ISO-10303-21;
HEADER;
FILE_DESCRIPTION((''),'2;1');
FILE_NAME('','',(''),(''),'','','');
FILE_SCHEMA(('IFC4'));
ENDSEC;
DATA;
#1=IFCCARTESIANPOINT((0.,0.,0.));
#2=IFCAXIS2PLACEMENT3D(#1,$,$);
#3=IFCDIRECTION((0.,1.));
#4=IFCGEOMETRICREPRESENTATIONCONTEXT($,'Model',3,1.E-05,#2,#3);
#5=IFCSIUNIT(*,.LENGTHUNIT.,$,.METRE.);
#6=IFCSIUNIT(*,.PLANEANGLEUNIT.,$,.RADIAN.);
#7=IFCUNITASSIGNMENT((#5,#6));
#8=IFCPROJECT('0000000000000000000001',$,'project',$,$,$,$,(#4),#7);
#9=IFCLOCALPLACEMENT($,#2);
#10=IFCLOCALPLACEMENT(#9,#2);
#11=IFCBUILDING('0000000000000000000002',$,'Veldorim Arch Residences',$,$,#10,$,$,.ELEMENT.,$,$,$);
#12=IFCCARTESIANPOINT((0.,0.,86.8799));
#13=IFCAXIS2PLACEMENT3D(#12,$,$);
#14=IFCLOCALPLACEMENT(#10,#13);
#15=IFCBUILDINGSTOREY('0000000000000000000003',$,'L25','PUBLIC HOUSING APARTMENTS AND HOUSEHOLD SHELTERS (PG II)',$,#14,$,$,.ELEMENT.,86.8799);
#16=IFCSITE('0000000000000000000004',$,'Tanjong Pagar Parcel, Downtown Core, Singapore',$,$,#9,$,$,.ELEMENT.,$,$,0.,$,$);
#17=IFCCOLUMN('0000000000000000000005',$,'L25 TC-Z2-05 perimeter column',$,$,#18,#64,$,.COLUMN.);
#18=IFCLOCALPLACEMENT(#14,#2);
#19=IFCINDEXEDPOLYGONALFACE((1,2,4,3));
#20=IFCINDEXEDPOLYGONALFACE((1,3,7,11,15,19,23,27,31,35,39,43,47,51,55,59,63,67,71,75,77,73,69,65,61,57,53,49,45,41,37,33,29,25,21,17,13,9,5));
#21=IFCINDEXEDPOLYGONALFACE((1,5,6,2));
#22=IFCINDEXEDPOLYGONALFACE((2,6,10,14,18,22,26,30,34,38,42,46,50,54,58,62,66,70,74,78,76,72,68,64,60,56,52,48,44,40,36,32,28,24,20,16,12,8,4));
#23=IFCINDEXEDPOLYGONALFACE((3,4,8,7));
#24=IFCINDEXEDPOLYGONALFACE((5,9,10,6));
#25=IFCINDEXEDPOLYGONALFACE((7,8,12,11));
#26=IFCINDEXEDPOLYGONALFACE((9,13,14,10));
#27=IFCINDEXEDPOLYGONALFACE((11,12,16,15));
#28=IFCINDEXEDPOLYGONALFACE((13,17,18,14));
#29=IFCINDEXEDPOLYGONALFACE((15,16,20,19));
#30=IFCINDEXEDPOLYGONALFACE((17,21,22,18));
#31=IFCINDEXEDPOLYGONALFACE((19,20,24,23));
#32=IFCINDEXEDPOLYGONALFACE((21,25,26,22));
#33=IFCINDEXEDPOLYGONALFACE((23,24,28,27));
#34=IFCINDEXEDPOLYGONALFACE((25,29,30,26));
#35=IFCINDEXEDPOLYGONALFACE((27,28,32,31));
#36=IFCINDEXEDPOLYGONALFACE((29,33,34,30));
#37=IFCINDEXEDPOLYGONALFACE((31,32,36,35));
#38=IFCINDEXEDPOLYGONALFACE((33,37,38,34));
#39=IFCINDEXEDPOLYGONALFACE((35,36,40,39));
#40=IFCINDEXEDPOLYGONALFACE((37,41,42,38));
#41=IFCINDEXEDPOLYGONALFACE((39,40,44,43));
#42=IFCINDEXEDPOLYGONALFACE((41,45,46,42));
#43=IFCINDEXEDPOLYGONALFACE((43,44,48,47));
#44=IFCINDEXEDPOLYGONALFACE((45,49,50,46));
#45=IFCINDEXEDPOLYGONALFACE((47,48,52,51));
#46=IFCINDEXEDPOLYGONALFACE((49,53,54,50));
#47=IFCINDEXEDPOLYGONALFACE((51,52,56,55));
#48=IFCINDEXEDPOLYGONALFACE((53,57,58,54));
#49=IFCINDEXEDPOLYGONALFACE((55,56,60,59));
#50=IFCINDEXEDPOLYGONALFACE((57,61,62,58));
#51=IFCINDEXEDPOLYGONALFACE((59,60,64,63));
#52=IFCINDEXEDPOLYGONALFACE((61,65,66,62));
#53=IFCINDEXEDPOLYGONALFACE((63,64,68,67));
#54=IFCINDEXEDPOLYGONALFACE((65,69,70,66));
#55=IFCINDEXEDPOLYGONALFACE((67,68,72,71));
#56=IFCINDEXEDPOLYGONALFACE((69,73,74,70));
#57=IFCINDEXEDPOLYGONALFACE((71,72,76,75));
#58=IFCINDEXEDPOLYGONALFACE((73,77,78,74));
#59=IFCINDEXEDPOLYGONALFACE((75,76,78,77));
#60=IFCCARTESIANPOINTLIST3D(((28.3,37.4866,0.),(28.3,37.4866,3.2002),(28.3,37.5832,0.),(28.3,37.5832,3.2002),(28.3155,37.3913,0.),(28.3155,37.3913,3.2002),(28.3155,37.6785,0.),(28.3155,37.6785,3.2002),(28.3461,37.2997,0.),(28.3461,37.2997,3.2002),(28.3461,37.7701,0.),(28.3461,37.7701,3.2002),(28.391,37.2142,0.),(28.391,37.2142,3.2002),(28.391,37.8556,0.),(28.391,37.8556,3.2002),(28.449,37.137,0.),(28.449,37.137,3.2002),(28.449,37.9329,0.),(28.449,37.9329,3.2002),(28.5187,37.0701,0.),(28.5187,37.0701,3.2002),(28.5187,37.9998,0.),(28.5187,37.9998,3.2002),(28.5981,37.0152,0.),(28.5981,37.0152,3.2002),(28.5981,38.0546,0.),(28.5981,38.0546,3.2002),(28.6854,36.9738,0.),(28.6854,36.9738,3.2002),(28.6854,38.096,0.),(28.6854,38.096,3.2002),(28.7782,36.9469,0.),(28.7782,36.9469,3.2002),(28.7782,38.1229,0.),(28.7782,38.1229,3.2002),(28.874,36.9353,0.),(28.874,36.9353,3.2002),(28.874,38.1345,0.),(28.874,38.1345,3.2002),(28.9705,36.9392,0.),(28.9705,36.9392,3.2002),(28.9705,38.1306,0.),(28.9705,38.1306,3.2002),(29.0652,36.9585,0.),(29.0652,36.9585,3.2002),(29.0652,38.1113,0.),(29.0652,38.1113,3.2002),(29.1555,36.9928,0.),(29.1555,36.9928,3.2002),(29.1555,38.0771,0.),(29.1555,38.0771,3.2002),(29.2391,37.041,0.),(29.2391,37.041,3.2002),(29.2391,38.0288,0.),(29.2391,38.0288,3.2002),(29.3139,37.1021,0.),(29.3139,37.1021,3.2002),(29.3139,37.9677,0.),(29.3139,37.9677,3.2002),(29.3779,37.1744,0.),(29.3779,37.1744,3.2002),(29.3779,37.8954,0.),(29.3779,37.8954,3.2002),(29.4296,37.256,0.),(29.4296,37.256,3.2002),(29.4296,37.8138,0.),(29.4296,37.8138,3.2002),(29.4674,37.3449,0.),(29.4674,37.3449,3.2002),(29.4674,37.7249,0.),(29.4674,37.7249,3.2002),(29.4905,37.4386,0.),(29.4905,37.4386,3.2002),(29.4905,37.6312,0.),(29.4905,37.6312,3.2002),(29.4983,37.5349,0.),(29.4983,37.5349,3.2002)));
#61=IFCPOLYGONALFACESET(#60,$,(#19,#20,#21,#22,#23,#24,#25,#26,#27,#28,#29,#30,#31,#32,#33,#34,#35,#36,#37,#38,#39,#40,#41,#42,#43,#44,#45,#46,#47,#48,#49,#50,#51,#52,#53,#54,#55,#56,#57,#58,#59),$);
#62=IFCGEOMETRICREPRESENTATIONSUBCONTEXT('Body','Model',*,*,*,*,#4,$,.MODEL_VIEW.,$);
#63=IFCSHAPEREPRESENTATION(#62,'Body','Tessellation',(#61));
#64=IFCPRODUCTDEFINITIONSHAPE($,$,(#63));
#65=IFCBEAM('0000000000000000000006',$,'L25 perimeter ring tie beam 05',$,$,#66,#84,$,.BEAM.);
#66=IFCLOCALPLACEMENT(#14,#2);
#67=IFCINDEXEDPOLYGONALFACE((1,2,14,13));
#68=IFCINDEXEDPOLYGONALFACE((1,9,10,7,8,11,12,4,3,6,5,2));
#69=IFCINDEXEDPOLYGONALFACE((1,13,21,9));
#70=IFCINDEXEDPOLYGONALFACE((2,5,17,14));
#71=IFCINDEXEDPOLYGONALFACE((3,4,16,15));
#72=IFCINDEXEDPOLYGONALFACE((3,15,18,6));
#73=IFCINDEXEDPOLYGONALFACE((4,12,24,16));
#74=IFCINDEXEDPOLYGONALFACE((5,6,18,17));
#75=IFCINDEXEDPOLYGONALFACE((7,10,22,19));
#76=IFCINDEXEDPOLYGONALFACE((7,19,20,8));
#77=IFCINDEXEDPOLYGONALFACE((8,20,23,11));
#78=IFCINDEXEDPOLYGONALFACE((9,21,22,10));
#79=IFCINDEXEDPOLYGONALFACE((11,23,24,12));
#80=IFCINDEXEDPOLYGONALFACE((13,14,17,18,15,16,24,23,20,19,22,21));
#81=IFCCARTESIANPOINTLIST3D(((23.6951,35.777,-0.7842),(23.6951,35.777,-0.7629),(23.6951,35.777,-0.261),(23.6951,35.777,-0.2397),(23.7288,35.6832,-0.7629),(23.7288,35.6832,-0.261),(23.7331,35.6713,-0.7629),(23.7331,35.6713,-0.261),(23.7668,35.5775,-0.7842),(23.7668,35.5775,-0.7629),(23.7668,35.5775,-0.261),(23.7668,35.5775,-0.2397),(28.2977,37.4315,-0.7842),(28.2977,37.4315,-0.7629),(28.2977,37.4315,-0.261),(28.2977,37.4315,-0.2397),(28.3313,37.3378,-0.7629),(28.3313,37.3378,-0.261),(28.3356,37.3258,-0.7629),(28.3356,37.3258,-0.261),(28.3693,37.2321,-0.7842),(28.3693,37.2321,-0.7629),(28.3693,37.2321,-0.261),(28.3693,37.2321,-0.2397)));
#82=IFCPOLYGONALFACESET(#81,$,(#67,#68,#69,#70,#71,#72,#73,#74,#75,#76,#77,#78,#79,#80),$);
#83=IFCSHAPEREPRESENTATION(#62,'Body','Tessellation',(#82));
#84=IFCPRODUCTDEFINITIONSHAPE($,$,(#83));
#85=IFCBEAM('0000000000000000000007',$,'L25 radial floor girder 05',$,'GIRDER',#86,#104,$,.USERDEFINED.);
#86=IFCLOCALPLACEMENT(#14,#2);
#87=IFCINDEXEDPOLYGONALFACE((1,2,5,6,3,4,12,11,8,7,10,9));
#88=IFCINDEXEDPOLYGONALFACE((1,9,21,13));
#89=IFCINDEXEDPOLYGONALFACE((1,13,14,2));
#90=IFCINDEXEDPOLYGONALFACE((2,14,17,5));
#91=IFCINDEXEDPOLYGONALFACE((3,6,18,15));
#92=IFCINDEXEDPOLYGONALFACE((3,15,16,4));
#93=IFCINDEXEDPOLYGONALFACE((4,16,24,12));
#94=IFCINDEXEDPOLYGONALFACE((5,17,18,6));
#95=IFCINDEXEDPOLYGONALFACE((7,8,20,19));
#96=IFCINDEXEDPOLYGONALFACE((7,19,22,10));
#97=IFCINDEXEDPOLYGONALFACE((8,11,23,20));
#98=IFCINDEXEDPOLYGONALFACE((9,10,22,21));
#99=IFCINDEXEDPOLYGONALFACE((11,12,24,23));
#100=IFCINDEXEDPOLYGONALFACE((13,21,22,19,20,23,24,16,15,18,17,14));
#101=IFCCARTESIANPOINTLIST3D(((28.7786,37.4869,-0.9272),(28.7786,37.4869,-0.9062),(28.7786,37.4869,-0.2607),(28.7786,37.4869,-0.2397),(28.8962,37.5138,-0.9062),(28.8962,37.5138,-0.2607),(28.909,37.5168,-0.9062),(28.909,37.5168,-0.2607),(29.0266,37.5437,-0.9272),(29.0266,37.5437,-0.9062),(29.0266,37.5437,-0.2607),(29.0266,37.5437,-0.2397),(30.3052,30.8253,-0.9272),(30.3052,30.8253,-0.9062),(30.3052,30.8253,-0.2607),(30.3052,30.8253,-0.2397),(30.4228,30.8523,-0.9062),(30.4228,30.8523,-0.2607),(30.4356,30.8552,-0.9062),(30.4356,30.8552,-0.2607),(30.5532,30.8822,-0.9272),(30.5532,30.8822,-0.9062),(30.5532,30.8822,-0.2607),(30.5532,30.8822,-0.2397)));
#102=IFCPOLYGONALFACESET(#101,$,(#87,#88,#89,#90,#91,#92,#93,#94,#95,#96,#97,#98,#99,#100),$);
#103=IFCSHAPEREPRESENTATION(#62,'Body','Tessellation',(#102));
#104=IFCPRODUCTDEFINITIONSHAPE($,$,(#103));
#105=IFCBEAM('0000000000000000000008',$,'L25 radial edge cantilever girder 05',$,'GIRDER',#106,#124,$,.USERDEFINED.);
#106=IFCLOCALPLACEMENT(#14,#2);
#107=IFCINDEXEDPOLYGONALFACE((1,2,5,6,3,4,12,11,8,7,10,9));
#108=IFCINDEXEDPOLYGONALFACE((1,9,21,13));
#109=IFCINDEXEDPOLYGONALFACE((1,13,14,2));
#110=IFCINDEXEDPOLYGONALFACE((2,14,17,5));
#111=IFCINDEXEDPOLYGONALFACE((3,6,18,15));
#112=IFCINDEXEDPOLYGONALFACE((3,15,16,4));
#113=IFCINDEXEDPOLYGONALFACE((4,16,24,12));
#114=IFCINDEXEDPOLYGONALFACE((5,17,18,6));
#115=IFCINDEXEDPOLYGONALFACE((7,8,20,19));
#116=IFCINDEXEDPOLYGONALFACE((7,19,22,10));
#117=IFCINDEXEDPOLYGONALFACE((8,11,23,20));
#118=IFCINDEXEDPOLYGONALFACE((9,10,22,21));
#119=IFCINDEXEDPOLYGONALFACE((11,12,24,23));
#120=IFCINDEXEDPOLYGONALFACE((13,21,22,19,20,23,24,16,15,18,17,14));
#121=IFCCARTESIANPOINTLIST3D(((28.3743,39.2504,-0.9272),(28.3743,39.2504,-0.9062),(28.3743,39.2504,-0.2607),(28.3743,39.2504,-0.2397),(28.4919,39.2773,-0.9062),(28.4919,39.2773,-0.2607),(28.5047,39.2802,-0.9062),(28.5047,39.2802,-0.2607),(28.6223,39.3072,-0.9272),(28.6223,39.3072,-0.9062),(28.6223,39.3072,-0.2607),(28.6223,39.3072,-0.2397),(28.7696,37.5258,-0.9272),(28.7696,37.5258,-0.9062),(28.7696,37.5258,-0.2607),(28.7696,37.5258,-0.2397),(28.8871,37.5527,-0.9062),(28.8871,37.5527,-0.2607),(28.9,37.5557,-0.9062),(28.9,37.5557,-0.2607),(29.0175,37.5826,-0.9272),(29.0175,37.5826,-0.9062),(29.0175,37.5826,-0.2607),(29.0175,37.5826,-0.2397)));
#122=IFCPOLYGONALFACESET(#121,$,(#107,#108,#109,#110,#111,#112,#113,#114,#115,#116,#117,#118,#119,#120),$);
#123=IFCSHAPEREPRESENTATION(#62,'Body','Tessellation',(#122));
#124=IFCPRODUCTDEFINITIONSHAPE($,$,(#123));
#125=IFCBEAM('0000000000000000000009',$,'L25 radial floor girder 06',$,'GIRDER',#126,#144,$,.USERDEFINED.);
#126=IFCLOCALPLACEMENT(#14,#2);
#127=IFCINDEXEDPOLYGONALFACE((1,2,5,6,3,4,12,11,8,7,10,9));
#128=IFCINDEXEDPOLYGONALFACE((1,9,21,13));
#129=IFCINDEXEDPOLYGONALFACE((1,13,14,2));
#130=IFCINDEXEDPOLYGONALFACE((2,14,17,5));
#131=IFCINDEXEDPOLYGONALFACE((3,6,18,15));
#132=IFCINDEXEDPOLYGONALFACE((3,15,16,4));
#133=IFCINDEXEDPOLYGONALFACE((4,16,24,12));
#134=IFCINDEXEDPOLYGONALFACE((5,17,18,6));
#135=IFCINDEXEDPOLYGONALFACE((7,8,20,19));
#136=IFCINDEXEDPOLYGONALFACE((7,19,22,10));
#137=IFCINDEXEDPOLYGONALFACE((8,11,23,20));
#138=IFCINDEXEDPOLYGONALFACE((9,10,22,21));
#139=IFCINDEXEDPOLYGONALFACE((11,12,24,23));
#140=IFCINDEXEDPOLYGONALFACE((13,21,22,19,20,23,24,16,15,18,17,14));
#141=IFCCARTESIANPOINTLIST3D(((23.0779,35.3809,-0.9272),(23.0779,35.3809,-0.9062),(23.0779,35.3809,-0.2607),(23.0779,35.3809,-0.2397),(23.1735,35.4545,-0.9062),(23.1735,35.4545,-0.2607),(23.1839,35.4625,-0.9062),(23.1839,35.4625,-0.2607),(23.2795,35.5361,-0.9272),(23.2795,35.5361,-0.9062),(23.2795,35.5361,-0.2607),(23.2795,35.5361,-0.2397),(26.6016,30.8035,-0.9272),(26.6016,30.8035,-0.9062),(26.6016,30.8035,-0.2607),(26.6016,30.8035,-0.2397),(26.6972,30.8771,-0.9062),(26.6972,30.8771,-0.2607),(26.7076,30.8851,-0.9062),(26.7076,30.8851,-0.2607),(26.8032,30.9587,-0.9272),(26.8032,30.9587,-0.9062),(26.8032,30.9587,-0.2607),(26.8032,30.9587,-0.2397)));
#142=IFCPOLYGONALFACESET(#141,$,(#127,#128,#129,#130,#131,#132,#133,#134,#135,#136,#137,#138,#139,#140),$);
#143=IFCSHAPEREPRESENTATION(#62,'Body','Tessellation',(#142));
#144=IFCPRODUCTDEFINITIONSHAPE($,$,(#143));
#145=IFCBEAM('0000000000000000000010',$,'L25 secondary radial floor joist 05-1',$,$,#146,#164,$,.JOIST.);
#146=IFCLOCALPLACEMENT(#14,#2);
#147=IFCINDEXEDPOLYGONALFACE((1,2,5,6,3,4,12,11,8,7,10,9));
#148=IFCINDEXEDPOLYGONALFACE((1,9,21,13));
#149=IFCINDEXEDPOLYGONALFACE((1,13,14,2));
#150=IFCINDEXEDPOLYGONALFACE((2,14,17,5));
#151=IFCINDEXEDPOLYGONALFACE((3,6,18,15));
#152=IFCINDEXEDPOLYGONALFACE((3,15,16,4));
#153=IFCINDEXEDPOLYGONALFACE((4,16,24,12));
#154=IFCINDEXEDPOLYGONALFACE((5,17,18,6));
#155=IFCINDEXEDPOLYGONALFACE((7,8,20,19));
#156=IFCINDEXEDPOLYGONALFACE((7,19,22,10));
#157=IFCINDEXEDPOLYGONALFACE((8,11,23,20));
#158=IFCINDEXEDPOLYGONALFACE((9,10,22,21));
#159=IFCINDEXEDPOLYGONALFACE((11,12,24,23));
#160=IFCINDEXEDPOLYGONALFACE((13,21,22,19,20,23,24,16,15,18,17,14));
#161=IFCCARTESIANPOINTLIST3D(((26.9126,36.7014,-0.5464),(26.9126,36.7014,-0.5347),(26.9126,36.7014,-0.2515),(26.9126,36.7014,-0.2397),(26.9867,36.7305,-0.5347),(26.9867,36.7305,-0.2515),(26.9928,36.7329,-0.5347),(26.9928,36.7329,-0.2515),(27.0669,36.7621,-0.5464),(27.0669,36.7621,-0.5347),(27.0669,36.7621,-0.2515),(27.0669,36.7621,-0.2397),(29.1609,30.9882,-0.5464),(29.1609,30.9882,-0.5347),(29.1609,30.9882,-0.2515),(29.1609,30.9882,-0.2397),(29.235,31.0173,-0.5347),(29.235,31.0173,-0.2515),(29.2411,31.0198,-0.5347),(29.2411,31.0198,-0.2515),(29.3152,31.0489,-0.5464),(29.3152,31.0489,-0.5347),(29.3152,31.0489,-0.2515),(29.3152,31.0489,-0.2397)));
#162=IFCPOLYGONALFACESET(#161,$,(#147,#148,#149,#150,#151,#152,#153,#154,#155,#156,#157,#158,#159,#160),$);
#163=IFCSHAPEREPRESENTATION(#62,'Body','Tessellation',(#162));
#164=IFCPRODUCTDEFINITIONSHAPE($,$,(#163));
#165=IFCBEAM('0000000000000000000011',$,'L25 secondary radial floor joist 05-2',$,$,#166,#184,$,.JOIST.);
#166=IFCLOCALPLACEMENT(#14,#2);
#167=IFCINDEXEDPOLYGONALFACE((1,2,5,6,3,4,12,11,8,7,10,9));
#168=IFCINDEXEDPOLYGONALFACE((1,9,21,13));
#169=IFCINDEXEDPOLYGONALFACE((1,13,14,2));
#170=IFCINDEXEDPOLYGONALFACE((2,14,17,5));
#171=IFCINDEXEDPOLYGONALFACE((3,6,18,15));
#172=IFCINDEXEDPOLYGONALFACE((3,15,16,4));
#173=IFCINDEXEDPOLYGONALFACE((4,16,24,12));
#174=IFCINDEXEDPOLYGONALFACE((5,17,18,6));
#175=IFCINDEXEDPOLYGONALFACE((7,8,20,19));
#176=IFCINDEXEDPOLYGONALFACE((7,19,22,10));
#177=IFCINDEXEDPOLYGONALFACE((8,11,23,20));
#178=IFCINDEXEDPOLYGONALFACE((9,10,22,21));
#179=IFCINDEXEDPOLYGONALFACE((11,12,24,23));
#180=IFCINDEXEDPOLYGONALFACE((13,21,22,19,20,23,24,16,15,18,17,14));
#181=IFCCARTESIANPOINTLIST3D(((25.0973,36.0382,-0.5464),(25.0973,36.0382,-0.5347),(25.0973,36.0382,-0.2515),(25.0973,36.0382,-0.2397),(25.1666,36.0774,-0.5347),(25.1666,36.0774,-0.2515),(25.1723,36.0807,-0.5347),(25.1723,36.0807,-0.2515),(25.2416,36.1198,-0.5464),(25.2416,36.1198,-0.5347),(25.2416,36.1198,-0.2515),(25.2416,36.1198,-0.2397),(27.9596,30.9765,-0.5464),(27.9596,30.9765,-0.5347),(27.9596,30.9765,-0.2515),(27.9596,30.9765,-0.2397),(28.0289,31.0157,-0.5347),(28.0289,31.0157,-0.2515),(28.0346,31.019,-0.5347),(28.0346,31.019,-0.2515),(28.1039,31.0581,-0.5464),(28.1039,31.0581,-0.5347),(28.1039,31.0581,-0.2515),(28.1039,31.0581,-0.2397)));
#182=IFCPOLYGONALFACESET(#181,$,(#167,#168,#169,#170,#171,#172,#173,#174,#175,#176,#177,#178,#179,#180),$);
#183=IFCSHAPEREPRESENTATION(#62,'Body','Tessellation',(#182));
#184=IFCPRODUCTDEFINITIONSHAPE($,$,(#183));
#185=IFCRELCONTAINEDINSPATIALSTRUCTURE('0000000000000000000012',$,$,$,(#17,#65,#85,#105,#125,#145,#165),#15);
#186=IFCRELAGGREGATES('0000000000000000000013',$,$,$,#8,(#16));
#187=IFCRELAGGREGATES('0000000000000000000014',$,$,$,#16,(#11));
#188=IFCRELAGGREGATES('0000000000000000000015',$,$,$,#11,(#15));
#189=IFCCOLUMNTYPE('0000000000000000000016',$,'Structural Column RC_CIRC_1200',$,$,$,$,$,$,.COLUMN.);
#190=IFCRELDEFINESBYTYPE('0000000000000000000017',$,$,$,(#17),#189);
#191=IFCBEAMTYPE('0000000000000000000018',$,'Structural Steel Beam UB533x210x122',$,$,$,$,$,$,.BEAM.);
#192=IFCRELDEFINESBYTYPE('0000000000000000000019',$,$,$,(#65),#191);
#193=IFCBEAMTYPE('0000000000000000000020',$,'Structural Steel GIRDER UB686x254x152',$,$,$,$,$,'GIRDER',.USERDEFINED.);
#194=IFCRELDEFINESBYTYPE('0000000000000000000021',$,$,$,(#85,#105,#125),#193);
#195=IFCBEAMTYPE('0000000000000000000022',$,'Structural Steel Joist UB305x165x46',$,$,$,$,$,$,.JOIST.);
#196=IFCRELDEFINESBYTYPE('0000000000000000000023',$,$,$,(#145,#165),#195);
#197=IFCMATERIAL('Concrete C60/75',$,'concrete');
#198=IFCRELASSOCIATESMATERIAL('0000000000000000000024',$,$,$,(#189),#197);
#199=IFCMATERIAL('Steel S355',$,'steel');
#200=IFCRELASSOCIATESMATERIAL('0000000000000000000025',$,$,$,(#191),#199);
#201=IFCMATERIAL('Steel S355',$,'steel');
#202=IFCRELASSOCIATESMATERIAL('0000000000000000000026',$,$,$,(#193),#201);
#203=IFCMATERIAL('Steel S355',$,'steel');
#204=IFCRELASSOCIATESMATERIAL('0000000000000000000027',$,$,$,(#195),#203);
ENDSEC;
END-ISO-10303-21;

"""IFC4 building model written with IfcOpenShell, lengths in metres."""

from ifc_helpers import new_model, si_unit, direction, frame, origin, origin_2d, place, context, subcontext, project, spatial, circle, i_section, extrude, material, material_profile, profile_set, type_object, element, save


model = new_model("IFC4")

# Units and contexts
model_context = context("Model", 3, precision=1e-05, world=origin(), true_north=direction((0.0, 1.0)))
body_context = subcontext(model_context, "Body", "Model", "MODEL_VIEW")
ifc_project = project(units=[si_unit("LENGTHUNIT", "METRE"), si_unit("PLANEANGLEUNIT", "RADIAN")], contexts=[model_context])

# Site, building, storey
site_placement = place(None, origin())
site = spatial("IfcSite", under=ifc_project, at=site_placement, Name="Tanjong Pagar Parcel, Downtown Core, Singapore", CompositionType="ELEMENT", RefElevation=0.0)
building_placement = place(site_placement, origin())
building = spatial("IfcBuilding", under=site, at=building_placement, Name="Veldorim Arch Residences", CompositionType="ELEMENT")
storey_placement = place(building_placement, frame((0.0, 0.0, 86.8799)))
storey = spatial("IfcBuildingStorey", under=building, at=storey_placement, Name="L25", Description="PUBLIC HOUSING APARTMENTS AND HOUSEHOLD SHELTERS (PG II)", CompositionType="ELEMENT", Elevation=86.8799)

# Column
ifc_material_1 = material(Name="Concrete C60/75", Category="concrete")
ifc_material_profile_1 = material_profile(ifc_material_1, circle(Radius=0.6001, at=origin_2d()), Name="RC_CIRC_1200")
ifc_profile_set_1 = profile_set([ifc_material_profile_1], Name="Concrete C60/75")
column_type = type_object("IfcColumnType", Name="Structural Column RC_CIRC_1200", PredefinedType="COLUMN", material=ifc_profile_set_1)
column_placement = place(storey_placement, frame((28.8982, 37.5349, 0.0), z_axis=(0.0, 0.0, 1.0), x_axis=(1.0, 0.0, 0.0)))
element("IfcColumn", 1, at=column_placement, inside=storey, type_object=column_type, Name="L25 TC-Z2-05 perimeter column", PredefinedType="COLUMN", context=body_context, shape_type="SweptSolid", body=[
    extrude(circle(Radius=0.6001, at=origin_2d()), origin(), (0.0, 0.0, 1.0), 3.2002),
])

# Beams
ifc_material_2 = material(Name="Steel S355", Category="steel")
ifc_material_profile_2 = material_profile(ifc_material_2, i_section(OverallWidth=0.2119, OverallDepth=0.5444, WebThickness=0.0127, FlangeThickness=0.0212, at=origin_2d()), Name="UB533x210x122")
ifc_profile_set_2 = profile_set([ifc_material_profile_2], Name="Steel S355")
beam_type_1 = type_object("IfcBeamType", Name="Structural Steel Beam UB533x210x122", PredefinedType="BEAM", material=ifc_profile_set_2)
beam_1_placement = place(storey_placement, frame((28.3335, 37.3318, -0.512), z_axis=(-0.941042, -0.33829, 0.0), x_axis=(0.33829, -0.941042, 0.0)))
element("IfcBeam", 2, at=beam_1_placement, inside=storey, type_object=beam_type_1, Name="L25 perimeter ring tie beam 05", PredefinedType="BEAM", context=body_context, shape_type="SweptSolid", body=[
    extrude(i_section(OverallWidth=0.2119, OverallDepth=0.5444, WebThickness=0.0127, FlangeThickness=0.0212, at=origin_2d()), origin(), (0.0, 0.0, 1.0), 4.8909),
])
ifc_material_3 = material(Name="Steel S355", Category="steel")
ifc_material_profile_3 = material_profile(ifc_material_3, i_section(OverallWidth=0.2544, OverallDepth=0.6875, WebThickness=0.0132, FlangeThickness=0.021, at=origin_2d()), Name="UB686x254x152")
ifc_profile_set_3 = profile_set([ifc_material_profile_3], Name="Steel S355")
beam_type_2 = type_object("IfcBeamType", Name="Structural Steel GIRDER UB686x254x152", ElementType="GIRDER", PredefinedType="USERDEFINED", material=ifc_profile_set_3)
beam_2_placement = place(storey_placement, frame((30.4292, 30.8538, -0.5835), z_axis=(-0.223375, 0.974733, 0.0), x_axis=(-0.974733, -0.223375, 0.0)))
element("IfcBeam", 3, at=beam_2_placement, inside=storey, type_object=beam_type_2, Name="L25 radial floor girder 05", ObjectType="GIRDER", PredefinedType="USERDEFINED", context=body_context, shape_type="SweptSolid", body=[
    extrude(i_section(OverallWidth=0.2544, OverallDepth=0.6875, WebThickness=0.0132, FlangeThickness=0.021, at=origin_2d()), origin(), (0.0, 0.0, 1.0), 6.8342),
])
beam_3_placement = place(storey_placement, frame((28.8936, 37.5542, -0.5835), z_axis=(-0.223398, 0.974727, 0.0), x_axis=(-0.974727, -0.223398, 0.0)))
element("IfcBeam", 4, at=beam_3_placement, inside=storey, type_object=beam_type_2, Name="L25 radial edge cantilever girder 05", ObjectType="GIRDER", PredefinedType="USERDEFINED", context=body_context, shape_type="SweptSolid", body=[
    extrude(i_section(OverallWidth=0.2544, OverallDepth=0.6875, WebThickness=0.0132, FlangeThickness=0.021, at=origin_2d()), origin(), (0.0, 0.0, 1.0), 1.7693),
])
beam_4_placement = place(storey_placement, frame((26.7024, 30.8811, -0.5835), z_axis=(-0.609995, 0.792406, 0.0), x_axis=(-0.792406, -0.609995, 0.0)))
element("IfcBeam", 5, at=beam_4_placement, inside=storey, type_object=beam_type_2, Name="L25 radial floor girder 06", ObjectType="GIRDER", PredefinedType="USERDEFINED", context=body_context, shape_type="SweptSolid", body=[
    extrude(i_section(OverallWidth=0.2544, OverallDepth=0.6875, WebThickness=0.0132, FlangeThickness=0.021, at=origin_2d()), origin(), (0.0, 0.0, 1.0), 5.7766),
])
ifc_material_4 = material(Name="Steel S355", Category="steel")
ifc_material_profile_4 = material_profile(ifc_material_4, i_section(OverallWidth=0.1658, OverallDepth=0.3066, WebThickness=0.0066, FlangeThickness=0.0117, at=origin_2d()), Name="UB305x165x46")
ifc_profile_set_4 = profile_set([ifc_material_profile_4], Name="Steel S355")
beam_type_3 = type_object("IfcBeamType", Name="Structural Steel Joist UB305x165x46", PredefinedType="JOIST", material=ifc_profile_set_4)
beam_5_placement = place(storey_placement, frame((29.238, 31.0186, -0.3931), z_axis=(-0.366195, 0.930538, 0.0), x_axis=(-0.930538, -0.366195, 0.0)))
element("IfcBeam", 6, at=beam_5_placement, inside=storey, type_object=beam_type_3, Name="L25 secondary radial floor joist 05-1", PredefinedType="JOIST", context=body_context, shape_type="SweptSolid", body=[
    extrude(i_section(OverallWidth=0.1658, OverallDepth=0.3066, WebThickness=0.0066, FlangeThickness=0.0117, at=origin_2d()), origin(), (0.0, 0.0, 1.0), 6.1396),
])
beam_6_placement = place(storey_placement, frame((28.0317, 31.0173, -0.3931), z_axis=(-0.492227, 0.870467, 0.0), x_axis=(-0.870467, -0.492227, 0.0)))
element("IfcBeam", 7, at=beam_6_placement, inside=storey, type_object=beam_type_3, Name="L25 secondary radial floor joist 05-2", PredefinedType="JOIST", context=body_context, shape_type="SweptSolid", body=[
    extrude(i_section(OverallWidth=0.1658, OverallDepth=0.3066, WebThickness=0.0066, FlangeThickness=0.0117, at=origin_2d()), origin(), (0.0, 0.0, 1.0), 5.8149),
])

save(model, "model.ifc")
